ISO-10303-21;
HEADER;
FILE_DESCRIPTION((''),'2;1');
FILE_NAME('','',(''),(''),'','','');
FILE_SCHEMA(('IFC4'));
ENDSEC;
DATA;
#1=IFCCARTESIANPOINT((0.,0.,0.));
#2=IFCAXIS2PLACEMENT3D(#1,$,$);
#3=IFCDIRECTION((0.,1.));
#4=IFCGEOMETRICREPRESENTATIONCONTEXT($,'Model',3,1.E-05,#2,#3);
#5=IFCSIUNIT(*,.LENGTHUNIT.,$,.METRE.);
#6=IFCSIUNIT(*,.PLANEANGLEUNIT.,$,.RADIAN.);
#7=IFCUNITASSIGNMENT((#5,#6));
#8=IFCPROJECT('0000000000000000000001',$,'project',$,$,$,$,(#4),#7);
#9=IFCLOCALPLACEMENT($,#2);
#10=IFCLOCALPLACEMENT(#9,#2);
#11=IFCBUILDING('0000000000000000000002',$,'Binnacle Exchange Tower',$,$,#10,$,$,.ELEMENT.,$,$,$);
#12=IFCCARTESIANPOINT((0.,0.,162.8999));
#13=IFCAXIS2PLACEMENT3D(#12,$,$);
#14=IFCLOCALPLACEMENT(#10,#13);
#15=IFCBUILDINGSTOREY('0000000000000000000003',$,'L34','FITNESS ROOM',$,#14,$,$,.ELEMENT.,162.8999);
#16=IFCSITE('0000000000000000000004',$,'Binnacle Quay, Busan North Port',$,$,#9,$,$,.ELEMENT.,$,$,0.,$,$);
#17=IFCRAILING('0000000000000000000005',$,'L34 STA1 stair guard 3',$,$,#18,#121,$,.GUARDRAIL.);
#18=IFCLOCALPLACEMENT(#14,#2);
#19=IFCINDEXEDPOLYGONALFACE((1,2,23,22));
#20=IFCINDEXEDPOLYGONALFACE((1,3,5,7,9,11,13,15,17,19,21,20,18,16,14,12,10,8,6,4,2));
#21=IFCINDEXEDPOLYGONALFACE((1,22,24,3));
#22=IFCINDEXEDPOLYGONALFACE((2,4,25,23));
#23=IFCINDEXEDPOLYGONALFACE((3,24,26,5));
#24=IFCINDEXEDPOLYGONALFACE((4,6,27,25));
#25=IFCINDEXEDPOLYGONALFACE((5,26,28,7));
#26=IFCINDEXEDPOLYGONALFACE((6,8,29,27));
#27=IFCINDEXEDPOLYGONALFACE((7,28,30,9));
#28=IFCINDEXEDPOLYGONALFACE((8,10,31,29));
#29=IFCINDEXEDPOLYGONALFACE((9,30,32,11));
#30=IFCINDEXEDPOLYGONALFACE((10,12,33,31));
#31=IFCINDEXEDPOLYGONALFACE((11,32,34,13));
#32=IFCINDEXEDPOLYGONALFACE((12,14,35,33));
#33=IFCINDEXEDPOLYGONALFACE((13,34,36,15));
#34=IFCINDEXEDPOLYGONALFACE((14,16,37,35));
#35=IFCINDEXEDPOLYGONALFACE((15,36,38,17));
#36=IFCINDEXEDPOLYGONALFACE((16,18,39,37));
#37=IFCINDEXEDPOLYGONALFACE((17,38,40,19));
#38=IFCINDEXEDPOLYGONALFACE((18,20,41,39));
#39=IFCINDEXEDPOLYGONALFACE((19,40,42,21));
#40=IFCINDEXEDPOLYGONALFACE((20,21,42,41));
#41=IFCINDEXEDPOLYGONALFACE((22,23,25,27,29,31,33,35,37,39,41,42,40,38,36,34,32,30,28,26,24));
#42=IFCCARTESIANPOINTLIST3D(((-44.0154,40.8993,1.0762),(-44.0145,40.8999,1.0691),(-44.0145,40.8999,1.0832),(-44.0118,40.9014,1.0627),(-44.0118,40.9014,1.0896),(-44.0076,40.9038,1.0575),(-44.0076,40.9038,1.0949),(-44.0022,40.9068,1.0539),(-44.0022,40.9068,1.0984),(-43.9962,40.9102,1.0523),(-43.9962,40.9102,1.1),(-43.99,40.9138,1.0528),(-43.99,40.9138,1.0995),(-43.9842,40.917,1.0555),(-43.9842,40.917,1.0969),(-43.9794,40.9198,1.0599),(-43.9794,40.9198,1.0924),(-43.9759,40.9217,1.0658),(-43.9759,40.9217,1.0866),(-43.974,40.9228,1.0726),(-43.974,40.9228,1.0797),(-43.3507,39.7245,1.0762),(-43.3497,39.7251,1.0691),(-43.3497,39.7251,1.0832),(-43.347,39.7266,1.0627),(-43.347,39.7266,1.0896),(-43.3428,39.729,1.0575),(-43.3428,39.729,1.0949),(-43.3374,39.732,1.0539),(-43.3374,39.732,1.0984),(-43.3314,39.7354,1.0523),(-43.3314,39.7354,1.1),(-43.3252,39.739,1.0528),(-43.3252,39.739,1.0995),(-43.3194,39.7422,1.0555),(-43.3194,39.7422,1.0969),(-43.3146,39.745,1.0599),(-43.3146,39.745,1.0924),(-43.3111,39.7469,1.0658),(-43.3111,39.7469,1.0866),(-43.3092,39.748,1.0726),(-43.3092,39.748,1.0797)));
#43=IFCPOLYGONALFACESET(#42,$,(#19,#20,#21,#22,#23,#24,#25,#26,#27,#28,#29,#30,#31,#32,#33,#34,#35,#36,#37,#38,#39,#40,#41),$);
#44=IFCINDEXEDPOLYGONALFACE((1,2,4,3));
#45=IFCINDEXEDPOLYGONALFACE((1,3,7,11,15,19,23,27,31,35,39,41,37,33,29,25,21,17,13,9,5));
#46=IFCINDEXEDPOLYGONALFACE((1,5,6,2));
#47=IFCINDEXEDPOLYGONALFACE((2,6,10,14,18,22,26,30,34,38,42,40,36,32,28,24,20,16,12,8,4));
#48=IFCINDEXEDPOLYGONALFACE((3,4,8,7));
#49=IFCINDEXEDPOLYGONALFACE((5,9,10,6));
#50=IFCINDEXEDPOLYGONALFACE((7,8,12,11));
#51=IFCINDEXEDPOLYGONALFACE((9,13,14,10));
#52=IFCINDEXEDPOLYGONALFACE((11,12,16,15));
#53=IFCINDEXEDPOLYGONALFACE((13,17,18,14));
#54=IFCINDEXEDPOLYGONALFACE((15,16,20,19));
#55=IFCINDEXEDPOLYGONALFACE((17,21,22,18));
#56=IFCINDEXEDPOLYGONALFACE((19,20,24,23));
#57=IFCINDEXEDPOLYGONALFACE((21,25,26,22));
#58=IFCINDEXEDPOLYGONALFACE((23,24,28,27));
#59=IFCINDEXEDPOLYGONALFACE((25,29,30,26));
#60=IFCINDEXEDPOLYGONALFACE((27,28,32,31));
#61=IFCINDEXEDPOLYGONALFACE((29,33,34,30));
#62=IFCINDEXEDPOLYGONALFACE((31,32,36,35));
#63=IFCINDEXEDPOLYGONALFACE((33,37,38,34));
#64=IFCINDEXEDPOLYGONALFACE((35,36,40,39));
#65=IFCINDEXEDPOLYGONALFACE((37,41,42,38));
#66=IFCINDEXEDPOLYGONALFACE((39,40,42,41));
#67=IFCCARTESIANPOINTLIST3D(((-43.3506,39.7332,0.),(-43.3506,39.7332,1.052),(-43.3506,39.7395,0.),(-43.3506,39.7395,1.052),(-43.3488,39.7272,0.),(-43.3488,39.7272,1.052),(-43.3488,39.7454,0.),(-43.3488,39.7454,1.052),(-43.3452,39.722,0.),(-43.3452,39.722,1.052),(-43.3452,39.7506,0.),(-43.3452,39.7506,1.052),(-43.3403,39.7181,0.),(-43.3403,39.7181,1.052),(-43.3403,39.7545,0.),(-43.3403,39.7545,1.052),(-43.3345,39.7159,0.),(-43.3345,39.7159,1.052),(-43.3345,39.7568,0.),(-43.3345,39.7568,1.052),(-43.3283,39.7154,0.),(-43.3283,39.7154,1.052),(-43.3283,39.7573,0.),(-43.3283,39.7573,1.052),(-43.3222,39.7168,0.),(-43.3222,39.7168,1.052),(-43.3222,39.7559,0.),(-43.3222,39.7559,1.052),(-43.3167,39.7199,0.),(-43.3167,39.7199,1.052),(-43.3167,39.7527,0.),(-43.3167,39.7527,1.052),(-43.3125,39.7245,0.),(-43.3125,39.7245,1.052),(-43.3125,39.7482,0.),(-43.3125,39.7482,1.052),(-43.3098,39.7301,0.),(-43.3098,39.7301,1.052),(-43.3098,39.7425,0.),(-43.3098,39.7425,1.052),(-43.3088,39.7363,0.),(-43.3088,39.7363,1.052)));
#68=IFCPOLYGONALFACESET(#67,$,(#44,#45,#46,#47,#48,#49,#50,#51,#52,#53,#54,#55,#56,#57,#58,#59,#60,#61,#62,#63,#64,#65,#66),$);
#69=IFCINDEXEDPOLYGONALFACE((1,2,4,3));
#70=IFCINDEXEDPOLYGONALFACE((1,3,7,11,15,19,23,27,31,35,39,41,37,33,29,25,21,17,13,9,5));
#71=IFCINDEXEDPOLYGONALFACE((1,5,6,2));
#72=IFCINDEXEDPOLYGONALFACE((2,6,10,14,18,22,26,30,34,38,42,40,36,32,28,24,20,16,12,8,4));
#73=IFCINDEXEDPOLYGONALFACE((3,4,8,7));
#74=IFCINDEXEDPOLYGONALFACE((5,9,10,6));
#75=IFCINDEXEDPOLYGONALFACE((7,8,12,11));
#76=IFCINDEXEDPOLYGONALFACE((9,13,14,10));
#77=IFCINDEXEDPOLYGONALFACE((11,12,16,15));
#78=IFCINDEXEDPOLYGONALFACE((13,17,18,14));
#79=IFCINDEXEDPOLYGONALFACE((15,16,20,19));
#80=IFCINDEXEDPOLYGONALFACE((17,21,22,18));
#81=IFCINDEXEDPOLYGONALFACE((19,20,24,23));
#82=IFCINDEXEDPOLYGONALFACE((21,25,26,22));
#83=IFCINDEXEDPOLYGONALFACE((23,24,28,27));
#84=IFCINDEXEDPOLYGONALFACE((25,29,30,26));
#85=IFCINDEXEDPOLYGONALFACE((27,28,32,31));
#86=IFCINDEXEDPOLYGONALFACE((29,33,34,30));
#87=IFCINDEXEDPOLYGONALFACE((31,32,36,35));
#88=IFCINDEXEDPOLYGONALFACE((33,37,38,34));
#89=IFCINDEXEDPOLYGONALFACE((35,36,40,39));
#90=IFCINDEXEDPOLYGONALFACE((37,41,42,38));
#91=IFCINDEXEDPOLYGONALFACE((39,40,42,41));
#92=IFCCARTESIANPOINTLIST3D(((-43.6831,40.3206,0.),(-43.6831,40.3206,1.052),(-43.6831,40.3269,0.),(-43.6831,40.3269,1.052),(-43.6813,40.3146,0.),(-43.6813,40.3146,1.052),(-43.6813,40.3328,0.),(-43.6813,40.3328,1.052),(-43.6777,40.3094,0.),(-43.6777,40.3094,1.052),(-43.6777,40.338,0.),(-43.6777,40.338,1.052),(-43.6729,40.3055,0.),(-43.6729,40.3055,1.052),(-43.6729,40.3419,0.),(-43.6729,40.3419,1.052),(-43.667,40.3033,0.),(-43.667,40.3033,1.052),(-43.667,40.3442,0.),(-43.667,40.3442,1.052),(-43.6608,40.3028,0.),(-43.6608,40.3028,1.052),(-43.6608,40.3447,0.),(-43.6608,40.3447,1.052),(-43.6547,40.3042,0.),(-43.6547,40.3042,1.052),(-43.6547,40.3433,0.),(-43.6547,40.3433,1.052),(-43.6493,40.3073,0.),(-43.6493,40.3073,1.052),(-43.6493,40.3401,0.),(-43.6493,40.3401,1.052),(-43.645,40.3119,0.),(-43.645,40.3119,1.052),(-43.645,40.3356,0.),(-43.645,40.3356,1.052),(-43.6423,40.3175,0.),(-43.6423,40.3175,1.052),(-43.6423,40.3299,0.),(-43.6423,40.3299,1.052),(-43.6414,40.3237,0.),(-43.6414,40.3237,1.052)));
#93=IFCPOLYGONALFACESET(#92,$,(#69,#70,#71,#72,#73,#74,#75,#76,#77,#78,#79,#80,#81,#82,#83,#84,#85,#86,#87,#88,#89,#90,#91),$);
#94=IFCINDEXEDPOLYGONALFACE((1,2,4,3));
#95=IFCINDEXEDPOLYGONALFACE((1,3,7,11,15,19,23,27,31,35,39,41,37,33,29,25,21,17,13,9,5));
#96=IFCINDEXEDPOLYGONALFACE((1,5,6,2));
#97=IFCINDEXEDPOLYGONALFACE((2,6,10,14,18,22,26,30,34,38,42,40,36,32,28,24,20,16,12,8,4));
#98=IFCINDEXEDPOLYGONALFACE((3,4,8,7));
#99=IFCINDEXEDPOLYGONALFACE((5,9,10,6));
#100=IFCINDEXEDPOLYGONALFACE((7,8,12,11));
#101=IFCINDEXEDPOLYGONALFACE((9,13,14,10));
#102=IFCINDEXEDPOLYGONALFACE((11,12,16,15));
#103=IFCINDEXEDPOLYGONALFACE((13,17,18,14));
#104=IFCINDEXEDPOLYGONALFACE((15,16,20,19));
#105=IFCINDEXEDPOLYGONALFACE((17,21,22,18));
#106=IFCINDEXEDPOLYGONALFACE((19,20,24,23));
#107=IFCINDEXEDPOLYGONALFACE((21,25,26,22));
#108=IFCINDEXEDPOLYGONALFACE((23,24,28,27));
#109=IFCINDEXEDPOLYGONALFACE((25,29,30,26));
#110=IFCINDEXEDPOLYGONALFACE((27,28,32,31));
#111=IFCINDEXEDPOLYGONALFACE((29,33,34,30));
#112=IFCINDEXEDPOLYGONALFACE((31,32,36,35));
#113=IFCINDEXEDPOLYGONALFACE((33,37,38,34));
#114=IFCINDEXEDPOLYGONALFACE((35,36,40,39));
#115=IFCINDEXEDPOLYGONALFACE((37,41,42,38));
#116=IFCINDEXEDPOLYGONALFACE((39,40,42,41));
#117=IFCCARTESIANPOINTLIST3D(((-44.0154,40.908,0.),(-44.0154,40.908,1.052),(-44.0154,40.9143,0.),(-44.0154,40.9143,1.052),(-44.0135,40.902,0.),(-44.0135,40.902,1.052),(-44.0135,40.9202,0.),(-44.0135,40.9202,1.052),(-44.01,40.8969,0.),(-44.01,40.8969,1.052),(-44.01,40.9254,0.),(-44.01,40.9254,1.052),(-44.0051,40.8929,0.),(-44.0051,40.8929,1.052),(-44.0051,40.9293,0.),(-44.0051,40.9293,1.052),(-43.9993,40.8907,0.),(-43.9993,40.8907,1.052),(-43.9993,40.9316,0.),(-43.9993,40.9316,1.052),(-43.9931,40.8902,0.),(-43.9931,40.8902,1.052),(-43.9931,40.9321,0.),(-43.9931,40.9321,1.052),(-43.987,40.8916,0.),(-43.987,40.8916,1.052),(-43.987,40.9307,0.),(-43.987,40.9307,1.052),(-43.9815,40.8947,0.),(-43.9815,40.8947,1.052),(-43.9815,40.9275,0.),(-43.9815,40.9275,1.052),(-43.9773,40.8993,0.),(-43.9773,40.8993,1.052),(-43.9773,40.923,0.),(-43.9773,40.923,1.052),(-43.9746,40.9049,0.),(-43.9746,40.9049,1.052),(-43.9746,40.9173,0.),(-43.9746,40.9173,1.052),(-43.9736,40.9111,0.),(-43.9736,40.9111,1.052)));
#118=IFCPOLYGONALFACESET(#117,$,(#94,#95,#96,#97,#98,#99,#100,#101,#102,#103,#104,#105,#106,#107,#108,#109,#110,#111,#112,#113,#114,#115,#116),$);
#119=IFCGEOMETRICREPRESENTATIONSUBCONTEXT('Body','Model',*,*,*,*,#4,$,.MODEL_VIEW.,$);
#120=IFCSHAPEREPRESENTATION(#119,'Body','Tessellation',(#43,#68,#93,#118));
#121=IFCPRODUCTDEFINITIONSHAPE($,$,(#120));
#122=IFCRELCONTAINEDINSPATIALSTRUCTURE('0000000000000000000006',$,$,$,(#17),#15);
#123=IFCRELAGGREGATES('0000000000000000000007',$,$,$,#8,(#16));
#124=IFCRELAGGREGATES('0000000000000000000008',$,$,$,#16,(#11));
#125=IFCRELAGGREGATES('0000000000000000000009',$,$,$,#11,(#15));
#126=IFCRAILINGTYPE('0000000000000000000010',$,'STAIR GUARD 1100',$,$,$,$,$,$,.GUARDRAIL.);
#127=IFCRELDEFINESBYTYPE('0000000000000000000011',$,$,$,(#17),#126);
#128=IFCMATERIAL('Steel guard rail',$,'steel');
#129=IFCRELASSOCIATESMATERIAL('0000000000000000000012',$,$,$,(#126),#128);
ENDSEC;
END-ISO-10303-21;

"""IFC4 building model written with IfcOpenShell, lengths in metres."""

from ifc_helpers import new_model, si_unit, direction, frame, origin, origin_2d, place, context, subcontext, project, spatial, circle, extrude, material, type_object, element, save


model = new_model("IFC4")

# Units and contexts
model_context = context("Model", 3, precision=1e-05, world=origin(), true_north=direction((0.0, 1.0)))
body_context = subcontext(model_context, "Body", "Model", "MODEL_VIEW")
ifc_project = project(units=[si_unit("LENGTHUNIT", "METRE"), si_unit("PLANEANGLEUNIT", "RADIAN")], contexts=[model_context])

# Site, building, storey
site_placement = place(None, origin())
site = spatial("IfcSite", under=ifc_project, at=site_placement, Name="Binnacle Quay, Busan North Port", CompositionType="ELEMENT", RefElevation=0.0)
building_placement = place(site_placement, origin())
building = spatial("IfcBuilding", under=site, at=building_placement, Name="Binnacle Exchange Tower", CompositionType="ELEMENT")
storey_placement = place(building_placement, frame((0.0, 0.0, 162.8999)))
storey = spatial("IfcBuildingStorey", under=building, at=storey_placement, Name="L34", Description="FITNESS ROOM", CompositionType="ELEMENT", Elevation=162.8999)

# Railing
ifc_material_1 = material(Name="Steel guard rail", Category="steel")
railing_type_1 = type_object("IfcRailingType", Name="STAIR GUARD 1100", PredefinedType="GUARDRAIL", material=ifc_material_1)
railing_1_placement = place(storey_placement, frame((-43.3298, 39.7363, 0.0)))
element("IfcRailing", 1, at=railing_1_placement, inside=storey, type_object=railing_type_1, Name="L34 STA1 stair guard 3", PredefinedType="GUARDRAIL", context=body_context, shape_type="SweptSolid", body=[
    extrude(circle(Radius=0.0239, at=origin_2d()), frame((0.0, 0.0, 1.0762), z_axis=(-0.492492, 0.870317, 0.0), x_axis=(-0.870317, -0.492492, 0.0)), (0.0, 0.0, 1.0), 1.3499),
    extrude(circle(Radius=0.021, at=origin_2d()), origin(), (0.0, 0.0, 1.0), 1.052),
    extrude(circle(Radius=0.021, at=origin_2d()), frame((-0.3325, 0.5874, 0.0)), (0.0, 0.0, 1.0), 1.052),
    extrude(circle(Radius=0.021, at=origin_2d()), frame((-0.6648, 1.1748, 0.0)), (0.0, 0.0, 1.0), 1.052),
])

save(model, "model.ifc")
